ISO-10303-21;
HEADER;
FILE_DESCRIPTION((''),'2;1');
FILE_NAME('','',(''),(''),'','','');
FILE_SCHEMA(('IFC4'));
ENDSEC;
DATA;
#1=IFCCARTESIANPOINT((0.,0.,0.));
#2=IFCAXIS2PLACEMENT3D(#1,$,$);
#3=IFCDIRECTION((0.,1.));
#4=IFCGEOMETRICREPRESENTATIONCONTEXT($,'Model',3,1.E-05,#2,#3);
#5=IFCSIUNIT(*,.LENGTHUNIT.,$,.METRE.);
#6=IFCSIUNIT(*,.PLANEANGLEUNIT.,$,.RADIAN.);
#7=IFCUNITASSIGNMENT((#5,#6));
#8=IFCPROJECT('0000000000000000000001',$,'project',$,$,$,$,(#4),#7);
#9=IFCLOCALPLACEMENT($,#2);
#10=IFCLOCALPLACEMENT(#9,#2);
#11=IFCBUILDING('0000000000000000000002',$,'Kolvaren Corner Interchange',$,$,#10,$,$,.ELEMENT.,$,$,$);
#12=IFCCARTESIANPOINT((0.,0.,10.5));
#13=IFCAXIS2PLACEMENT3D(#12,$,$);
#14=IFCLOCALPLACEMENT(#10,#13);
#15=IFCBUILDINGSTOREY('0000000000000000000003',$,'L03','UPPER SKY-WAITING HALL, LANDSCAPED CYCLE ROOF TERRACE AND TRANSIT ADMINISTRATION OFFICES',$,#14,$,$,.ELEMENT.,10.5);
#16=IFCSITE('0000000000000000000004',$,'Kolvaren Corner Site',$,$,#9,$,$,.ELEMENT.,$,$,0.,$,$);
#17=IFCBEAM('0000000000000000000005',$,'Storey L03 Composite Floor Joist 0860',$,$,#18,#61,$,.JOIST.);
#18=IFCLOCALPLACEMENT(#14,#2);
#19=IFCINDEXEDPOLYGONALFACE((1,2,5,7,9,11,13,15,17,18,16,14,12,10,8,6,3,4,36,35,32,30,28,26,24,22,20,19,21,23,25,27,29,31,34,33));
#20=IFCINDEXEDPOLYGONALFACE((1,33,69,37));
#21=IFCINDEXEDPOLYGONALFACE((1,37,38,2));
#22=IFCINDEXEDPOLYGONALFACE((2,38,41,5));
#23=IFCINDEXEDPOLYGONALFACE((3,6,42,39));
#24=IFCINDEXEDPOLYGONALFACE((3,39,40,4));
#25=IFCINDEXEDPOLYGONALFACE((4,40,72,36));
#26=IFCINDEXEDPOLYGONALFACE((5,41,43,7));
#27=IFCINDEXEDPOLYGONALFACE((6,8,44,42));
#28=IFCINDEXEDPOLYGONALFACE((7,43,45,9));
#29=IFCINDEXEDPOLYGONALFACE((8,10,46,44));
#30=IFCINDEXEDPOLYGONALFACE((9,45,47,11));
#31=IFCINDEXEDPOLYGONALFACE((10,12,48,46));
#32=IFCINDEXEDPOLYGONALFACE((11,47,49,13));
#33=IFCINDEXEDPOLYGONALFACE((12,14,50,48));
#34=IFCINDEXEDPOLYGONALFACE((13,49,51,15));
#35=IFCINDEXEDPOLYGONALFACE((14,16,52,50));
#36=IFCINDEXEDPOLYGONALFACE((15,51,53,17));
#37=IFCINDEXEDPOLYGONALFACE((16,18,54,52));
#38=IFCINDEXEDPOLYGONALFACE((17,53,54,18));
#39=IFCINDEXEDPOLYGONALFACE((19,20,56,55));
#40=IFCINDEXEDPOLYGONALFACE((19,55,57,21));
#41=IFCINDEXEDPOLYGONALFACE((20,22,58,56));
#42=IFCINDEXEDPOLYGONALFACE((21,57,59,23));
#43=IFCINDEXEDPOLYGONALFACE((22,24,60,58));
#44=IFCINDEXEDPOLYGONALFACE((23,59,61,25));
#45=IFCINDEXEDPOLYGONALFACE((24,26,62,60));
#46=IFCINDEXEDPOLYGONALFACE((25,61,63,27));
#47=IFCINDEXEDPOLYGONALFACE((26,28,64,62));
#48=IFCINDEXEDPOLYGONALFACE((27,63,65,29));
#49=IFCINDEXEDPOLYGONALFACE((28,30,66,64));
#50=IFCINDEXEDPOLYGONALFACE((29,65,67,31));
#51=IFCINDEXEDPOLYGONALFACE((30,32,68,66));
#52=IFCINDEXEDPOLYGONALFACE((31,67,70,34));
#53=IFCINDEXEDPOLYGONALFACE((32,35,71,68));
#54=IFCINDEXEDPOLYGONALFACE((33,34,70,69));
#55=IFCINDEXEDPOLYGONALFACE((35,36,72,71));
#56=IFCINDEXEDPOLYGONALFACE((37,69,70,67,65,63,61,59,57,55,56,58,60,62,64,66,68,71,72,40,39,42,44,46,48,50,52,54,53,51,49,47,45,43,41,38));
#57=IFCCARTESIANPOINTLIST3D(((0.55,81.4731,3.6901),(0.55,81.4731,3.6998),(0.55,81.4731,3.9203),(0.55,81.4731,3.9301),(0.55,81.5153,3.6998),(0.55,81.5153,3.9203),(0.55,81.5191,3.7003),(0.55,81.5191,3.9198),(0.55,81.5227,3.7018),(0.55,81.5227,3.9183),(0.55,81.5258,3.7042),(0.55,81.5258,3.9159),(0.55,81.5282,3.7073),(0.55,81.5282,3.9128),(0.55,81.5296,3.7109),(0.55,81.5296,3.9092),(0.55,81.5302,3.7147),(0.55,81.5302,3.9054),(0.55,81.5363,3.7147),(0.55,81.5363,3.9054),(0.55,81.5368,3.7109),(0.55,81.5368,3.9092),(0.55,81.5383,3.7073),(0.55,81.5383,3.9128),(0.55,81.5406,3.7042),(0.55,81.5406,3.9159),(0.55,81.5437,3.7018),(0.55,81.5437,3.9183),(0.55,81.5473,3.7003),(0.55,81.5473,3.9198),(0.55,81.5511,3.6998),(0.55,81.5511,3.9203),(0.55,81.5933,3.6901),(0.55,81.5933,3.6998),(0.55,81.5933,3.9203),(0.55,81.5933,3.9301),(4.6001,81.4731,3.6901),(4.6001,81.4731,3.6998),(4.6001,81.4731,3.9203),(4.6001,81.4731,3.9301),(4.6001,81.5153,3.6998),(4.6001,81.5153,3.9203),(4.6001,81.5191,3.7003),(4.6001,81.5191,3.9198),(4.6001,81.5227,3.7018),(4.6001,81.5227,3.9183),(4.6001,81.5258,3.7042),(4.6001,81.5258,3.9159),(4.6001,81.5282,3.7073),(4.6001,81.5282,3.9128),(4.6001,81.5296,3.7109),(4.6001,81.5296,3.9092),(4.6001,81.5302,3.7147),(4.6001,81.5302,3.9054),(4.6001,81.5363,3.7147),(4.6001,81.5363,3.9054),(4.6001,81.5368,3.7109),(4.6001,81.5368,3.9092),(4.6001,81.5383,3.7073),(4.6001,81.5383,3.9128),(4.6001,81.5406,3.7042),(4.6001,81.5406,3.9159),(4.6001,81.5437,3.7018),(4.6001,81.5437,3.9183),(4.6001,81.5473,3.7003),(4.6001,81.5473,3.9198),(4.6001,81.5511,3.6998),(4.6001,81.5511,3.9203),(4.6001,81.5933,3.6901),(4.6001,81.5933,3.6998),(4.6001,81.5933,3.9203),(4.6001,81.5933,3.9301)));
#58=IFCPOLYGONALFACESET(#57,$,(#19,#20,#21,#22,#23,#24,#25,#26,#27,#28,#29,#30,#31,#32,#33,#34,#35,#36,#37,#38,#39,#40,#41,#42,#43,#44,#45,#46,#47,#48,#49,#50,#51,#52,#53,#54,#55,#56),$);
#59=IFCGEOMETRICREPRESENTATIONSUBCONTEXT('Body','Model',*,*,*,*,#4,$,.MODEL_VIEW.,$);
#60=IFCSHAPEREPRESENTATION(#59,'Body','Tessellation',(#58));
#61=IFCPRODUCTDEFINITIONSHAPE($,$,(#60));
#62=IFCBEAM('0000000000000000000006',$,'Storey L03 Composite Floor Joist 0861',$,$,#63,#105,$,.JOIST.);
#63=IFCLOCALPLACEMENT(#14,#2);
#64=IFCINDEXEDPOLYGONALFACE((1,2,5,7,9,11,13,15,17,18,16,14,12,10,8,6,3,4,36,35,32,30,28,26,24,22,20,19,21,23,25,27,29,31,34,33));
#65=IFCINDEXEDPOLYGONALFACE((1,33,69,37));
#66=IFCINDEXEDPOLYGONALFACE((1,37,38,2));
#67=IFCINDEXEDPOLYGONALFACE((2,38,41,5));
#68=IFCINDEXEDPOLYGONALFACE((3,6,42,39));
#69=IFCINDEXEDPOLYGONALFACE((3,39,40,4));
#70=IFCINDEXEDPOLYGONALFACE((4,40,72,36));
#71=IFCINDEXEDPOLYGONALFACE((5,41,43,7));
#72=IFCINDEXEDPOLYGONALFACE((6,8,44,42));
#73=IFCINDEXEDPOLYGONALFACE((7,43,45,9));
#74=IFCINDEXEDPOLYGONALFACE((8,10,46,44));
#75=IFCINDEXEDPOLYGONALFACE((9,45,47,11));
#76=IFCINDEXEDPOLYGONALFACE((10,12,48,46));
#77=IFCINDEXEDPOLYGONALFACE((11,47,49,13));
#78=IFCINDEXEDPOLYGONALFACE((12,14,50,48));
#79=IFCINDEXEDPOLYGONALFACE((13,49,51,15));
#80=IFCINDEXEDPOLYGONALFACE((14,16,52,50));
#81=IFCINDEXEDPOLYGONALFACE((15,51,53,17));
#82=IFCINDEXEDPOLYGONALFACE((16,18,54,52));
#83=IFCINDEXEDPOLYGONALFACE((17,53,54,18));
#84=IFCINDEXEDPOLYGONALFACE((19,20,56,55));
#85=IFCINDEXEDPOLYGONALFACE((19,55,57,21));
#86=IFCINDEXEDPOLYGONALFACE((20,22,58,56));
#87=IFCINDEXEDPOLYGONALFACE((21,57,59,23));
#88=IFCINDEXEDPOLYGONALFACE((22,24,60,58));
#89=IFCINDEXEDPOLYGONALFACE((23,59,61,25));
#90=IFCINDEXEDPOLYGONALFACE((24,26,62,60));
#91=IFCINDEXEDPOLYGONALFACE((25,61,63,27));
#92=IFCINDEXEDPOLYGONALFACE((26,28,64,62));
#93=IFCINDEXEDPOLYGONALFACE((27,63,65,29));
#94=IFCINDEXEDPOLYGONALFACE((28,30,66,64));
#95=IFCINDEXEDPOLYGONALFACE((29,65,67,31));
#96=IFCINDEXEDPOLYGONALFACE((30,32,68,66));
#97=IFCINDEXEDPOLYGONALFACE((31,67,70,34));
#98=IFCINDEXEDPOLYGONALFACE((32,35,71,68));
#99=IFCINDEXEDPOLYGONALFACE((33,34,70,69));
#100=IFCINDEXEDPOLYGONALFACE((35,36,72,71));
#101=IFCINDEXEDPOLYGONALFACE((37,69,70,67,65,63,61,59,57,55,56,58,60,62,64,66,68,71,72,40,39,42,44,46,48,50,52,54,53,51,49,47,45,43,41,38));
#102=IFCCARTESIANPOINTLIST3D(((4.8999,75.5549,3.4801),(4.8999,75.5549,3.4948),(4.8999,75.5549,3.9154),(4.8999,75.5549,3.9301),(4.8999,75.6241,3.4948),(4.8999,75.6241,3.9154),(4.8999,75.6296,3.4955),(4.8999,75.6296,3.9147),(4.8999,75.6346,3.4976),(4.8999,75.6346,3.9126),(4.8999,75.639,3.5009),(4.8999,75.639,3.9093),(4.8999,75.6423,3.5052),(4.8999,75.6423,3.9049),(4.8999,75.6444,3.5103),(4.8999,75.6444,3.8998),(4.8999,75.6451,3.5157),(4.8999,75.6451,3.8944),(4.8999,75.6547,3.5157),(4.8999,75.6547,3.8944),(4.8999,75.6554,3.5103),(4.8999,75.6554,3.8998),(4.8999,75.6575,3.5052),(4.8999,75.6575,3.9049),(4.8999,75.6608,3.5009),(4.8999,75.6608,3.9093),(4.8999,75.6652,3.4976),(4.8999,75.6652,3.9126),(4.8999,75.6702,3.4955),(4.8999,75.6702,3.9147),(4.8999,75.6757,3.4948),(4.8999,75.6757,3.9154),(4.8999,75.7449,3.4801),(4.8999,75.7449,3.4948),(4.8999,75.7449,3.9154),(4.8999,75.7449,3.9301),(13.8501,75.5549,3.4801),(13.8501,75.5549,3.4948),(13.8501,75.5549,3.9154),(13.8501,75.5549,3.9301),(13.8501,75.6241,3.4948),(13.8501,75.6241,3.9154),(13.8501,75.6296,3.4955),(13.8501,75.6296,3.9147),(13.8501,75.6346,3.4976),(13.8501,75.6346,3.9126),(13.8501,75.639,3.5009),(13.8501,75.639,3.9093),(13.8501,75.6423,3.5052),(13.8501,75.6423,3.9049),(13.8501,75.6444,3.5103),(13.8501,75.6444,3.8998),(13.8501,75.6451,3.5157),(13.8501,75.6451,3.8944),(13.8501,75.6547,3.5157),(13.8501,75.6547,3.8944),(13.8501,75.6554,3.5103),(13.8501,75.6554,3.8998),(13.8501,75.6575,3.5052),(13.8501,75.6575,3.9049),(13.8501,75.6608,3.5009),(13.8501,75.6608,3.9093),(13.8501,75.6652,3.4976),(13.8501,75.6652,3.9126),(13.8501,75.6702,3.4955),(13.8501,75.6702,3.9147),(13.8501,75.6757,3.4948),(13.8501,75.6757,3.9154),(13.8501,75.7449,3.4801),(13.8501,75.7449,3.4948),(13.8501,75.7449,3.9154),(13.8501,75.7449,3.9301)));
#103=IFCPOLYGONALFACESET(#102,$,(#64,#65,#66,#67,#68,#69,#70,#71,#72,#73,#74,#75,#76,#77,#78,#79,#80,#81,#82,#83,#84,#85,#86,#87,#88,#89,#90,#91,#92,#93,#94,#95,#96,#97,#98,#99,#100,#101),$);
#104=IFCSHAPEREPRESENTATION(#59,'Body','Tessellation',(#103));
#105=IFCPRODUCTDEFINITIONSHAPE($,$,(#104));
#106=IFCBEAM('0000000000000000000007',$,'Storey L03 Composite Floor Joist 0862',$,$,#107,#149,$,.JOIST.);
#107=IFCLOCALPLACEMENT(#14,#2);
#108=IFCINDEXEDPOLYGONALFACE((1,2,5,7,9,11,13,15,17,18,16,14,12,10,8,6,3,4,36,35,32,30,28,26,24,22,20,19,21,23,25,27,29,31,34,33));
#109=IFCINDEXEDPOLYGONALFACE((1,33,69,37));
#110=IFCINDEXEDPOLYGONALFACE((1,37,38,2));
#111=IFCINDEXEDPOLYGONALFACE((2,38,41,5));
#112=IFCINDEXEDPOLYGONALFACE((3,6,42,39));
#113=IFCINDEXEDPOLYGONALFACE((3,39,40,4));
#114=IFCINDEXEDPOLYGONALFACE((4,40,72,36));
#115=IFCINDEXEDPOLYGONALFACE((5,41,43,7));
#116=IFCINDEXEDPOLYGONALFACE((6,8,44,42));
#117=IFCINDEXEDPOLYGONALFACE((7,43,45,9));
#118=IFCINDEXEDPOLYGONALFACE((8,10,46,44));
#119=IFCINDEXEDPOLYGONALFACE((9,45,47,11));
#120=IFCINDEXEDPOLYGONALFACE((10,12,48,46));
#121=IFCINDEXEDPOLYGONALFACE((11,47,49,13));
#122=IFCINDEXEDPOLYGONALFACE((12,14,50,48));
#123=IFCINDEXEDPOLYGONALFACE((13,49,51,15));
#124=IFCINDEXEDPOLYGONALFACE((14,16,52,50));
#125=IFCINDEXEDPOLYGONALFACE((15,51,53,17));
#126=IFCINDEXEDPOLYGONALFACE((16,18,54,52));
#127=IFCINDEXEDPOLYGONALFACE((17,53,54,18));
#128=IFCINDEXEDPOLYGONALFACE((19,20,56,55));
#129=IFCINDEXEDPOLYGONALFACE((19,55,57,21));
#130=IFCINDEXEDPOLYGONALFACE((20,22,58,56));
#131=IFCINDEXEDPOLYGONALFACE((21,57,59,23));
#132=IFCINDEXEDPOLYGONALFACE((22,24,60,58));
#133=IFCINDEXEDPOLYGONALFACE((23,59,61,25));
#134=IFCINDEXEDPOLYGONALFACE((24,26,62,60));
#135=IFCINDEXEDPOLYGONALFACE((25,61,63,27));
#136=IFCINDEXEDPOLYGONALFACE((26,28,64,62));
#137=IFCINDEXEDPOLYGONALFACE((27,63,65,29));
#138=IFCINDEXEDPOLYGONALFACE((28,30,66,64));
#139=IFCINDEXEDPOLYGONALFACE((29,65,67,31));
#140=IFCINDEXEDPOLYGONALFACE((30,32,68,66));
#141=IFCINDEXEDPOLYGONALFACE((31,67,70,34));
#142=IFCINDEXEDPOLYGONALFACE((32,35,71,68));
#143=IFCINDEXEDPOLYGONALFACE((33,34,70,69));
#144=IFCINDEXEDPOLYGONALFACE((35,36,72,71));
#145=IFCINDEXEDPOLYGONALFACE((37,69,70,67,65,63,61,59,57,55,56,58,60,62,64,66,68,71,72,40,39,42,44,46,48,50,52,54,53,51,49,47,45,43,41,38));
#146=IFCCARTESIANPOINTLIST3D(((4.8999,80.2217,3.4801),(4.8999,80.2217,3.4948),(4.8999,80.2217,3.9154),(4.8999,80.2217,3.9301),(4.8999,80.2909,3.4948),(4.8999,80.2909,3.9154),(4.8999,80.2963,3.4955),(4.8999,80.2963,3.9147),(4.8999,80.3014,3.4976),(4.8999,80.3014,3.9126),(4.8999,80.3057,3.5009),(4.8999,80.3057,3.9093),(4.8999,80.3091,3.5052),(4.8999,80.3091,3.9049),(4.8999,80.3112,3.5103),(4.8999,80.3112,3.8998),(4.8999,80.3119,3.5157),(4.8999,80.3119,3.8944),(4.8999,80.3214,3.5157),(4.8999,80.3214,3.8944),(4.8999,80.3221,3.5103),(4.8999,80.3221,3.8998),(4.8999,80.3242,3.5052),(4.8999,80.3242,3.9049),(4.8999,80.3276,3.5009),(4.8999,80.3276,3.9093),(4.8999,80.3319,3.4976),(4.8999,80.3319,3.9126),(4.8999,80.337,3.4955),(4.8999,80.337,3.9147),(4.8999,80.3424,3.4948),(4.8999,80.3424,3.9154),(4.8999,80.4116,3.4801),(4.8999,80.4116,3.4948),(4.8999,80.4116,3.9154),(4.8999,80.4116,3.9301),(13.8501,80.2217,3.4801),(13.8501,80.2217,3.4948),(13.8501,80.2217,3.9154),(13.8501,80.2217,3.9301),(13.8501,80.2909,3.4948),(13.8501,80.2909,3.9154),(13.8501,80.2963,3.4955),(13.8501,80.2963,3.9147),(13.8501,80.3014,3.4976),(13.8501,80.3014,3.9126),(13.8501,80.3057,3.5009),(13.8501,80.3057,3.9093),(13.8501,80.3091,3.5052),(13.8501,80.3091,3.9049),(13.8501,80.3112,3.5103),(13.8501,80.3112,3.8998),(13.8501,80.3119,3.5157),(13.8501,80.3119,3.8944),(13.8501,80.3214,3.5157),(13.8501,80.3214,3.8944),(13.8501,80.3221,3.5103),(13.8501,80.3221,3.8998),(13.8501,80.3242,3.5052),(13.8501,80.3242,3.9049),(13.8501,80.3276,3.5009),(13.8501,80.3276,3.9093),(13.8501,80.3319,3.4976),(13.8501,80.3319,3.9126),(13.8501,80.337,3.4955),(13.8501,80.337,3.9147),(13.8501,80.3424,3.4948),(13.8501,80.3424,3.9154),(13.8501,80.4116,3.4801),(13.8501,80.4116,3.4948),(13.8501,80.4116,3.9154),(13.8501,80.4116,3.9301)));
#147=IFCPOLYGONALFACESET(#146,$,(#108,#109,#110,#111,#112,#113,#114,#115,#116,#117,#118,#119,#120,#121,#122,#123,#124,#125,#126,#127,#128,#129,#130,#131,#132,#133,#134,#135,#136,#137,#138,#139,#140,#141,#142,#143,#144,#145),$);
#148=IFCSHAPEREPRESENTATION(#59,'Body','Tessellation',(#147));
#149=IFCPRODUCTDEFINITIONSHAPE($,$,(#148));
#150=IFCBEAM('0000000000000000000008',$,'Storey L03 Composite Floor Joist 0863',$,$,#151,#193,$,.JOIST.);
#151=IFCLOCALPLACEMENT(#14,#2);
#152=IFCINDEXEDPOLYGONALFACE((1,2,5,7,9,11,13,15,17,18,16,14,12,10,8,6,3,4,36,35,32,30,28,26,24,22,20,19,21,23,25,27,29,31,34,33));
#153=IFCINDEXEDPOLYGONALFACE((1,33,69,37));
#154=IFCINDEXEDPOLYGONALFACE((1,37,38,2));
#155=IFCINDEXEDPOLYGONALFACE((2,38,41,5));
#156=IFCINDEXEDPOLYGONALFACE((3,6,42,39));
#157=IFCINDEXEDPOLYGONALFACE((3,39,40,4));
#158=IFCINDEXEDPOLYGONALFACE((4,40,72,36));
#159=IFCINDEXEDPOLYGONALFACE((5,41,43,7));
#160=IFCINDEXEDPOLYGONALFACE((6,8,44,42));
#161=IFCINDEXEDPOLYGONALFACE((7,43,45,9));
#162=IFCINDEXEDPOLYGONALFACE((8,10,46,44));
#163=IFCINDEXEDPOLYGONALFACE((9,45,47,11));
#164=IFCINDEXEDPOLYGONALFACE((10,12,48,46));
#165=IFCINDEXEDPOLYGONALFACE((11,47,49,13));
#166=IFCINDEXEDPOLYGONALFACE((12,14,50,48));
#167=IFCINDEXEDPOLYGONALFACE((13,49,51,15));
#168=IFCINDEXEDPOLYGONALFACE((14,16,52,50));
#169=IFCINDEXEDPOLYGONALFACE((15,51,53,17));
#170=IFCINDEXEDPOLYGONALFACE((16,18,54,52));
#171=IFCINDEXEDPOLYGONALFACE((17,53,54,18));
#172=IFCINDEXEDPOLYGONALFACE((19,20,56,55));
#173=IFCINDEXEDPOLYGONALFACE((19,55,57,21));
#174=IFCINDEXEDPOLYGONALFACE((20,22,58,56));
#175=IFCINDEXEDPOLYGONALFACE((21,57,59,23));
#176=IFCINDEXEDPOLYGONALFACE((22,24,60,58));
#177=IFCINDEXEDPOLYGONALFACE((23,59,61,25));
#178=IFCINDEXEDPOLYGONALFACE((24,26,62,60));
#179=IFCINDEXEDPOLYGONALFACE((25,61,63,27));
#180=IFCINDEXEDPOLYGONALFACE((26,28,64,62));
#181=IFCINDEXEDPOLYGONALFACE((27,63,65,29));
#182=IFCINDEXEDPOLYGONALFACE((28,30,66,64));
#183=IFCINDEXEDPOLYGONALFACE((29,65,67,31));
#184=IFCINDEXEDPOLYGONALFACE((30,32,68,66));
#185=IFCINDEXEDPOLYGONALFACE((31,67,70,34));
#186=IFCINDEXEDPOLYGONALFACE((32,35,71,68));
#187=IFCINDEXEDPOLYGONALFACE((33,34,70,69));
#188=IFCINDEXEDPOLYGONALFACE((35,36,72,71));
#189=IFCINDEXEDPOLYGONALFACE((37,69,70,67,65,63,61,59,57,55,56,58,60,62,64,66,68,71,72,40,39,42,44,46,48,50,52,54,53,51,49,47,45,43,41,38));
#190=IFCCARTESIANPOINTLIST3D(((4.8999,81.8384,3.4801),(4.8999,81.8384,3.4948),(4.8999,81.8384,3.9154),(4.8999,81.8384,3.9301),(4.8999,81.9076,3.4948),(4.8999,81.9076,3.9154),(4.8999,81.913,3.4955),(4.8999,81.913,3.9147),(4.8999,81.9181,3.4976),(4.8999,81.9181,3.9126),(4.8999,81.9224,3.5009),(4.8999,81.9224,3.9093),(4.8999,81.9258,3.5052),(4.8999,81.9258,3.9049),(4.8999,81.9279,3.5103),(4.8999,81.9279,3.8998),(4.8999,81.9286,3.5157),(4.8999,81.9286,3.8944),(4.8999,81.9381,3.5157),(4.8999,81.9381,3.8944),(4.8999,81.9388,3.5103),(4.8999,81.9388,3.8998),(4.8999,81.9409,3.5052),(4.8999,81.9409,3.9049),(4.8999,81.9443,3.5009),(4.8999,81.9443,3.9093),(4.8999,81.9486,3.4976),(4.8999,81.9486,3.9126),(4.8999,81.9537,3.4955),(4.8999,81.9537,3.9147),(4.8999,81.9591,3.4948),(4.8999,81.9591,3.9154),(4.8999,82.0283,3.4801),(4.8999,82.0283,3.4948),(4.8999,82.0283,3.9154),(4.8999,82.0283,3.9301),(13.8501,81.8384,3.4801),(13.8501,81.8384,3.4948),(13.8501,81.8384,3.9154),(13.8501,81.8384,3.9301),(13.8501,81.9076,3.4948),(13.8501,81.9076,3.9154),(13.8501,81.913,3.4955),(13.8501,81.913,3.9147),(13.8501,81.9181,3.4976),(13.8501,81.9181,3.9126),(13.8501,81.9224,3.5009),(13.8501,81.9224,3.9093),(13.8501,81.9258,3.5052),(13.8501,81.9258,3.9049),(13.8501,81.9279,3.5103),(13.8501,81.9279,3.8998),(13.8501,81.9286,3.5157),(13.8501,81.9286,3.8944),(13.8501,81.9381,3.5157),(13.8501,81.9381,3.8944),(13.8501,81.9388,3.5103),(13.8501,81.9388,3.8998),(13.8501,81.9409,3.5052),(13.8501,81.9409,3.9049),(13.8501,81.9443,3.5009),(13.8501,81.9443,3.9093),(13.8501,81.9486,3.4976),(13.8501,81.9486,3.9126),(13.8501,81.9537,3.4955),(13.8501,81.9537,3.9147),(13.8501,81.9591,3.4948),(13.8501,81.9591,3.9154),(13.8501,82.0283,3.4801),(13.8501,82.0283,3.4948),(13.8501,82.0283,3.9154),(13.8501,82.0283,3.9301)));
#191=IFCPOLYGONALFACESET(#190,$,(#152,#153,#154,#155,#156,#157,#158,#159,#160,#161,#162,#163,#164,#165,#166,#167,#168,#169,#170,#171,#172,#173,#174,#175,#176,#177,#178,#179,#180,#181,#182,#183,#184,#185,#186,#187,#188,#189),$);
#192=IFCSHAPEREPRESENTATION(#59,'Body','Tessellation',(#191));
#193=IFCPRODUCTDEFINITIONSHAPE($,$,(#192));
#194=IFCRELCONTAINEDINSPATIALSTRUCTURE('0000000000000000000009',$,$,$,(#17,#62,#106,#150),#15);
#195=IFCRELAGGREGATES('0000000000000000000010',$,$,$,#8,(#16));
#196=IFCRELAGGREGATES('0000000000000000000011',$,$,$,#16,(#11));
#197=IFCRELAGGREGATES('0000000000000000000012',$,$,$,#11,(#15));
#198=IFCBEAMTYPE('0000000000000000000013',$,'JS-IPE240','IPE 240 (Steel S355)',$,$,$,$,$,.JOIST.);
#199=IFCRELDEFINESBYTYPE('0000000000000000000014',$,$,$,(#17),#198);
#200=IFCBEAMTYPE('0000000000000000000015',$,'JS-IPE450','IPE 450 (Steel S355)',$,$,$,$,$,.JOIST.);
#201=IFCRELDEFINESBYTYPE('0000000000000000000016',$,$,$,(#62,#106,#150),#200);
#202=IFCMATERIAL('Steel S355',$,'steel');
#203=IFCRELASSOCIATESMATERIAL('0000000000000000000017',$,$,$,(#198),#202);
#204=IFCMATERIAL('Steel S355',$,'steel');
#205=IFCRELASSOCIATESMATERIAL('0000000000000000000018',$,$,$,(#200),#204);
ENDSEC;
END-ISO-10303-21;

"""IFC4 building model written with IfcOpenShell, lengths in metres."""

from ifc_helpers import new_model, si_unit, direction, frame, origin, origin_2d, place, context, subcontext, project, spatial, i_section, extrude, material, material_profile, profile_set, type_object, element, save


model = new_model("IFC4")

# Units and contexts
model_context = context("Model", 3, precision=1e-05, world=origin(), true_north=direction((0.0, 1.0)))
body_context = subcontext(model_context, "Body", "Model", "MODEL_VIEW")
ifc_project = project(units=[si_unit("LENGTHUNIT", "METRE"), si_unit("PLANEANGLEUNIT", "RADIAN")], contexts=[model_context])

# Site, building, storey
site_placement = place(None, origin())
site = spatial("IfcSite", under=ifc_project, at=site_placement, Name="Kolvaren Corner Site", CompositionType="ELEMENT", RefElevation=0.0)
building_placement = place(site_placement, origin())
building = spatial("IfcBuilding", under=site, at=building_placement, Name="Kolvaren Corner Interchange", CompositionType="ELEMENT")
storey_placement = place(building_placement, frame((0.0, 0.0, 10.5)))
storey = spatial("IfcBuildingStorey", under=building, at=storey_placement, Name="L03", Description="UPPER SKY-WAITING HALL, LANDSCAPED CYCLE ROOF TERRACE AND TRANSIT ADMINISTRATION OFFICES", CompositionType="ELEMENT", Elevation=10.5)

# Beams
ifc_material_1 = material(Name="Steel S355", Category="steel")
ifc_material_profile_1 = material_profile(ifc_material_1, i_section(OverallWidth=0.1201, OverallDepth=0.24, WebThickness=0.0061, FlangeThickness=0.0098, FilletRadius=0.0149, at=origin_2d()), Name="IPE 240")
ifc_profile_set_1 = profile_set([ifc_material_profile_1], Name="Steel S355")
beam_type_1 = type_object("IfcBeamType", Name="JS-IPE240", Description="IPE 240 (Steel S355)", PredefinedType="JOIST", material=ifc_profile_set_1)
for number, where, z_axis, x_axis, name in (
    (1, (0.55, 81.5332, 3.8101), (1.0, 0.0, 0.0), (0.0, 1.0, 0.0), "Storey L03 Composite Floor Joist 0860"),
):
    element("IfcBeam", number, at=place(storey_placement, frame(where, z_axis=z_axis, x_axis=x_axis)), inside=storey, type_object=beam_type_1, Name=name, PredefinedType="JOIST", context=body_context, shape_type="SweptSolid", body=[
        extrude(i_section(OverallWidth=0.1201, OverallDepth=0.24, WebThickness=0.0061, FlangeThickness=0.0098, FilletRadius=0.0149, at=origin_2d()), origin(), (0.0, 0.0, 1.0), 4.05),
    ])
ifc_material_2 = material(Name="Steel S355", Category="steel")
ifc_material_profile_2 = material_profile(ifc_material_2, i_section(OverallWidth=0.1899, OverallDepth=0.45, WebThickness=0.0095, FlangeThickness=0.0146, FilletRadius=0.021, at=origin_2d()), Name="IPE 450")
ifc_profile_set_2 = profile_set([ifc_material_profile_2], Name="Steel S355")
beam_type_2 = type_object("IfcBeamType", Name="JS-IPE450", Description="IPE 450 (Steel S355)", PredefinedType="JOIST", material=ifc_profile_set_2)
for number, where, z_axis, x_axis, name in (
    (2, (4.8999, 75.6499, 3.7051), (1.0, 0.0, 0.0), (0.0, 1.0, 0.0), "Storey L03 Composite Floor Joist 0861"),
    (3, (4.8999, 80.3167, 3.7051), (1.0, 0.0, 0.0), (0.0, 1.0, 0.0), "Storey L03 Composite Floor Joist 0862"),
    (4, (4.8999, 81.9333, 3.7051), (1.0, 0.0, 0.0), (0.0, 1.0, 0.0), "Storey L03 Composite Floor Joist 0863"),
):
    element("IfcBeam", number, at=place(storey_placement, frame(where, z_axis=z_axis, x_axis=x_axis)), inside=storey, type_object=beam_type_2, Name=name, PredefinedType="JOIST", context=body_context, shape_type="SweptSolid", body=[
        extrude(i_section(OverallWidth=0.1899, OverallDepth=0.45, WebThickness=0.0095, FlangeThickness=0.0146, FilletRadius=0.021, at=origin_2d()), origin(), (0.0, 0.0, 1.0), 8.9502),
    ])

save(model, "model.ifc")
